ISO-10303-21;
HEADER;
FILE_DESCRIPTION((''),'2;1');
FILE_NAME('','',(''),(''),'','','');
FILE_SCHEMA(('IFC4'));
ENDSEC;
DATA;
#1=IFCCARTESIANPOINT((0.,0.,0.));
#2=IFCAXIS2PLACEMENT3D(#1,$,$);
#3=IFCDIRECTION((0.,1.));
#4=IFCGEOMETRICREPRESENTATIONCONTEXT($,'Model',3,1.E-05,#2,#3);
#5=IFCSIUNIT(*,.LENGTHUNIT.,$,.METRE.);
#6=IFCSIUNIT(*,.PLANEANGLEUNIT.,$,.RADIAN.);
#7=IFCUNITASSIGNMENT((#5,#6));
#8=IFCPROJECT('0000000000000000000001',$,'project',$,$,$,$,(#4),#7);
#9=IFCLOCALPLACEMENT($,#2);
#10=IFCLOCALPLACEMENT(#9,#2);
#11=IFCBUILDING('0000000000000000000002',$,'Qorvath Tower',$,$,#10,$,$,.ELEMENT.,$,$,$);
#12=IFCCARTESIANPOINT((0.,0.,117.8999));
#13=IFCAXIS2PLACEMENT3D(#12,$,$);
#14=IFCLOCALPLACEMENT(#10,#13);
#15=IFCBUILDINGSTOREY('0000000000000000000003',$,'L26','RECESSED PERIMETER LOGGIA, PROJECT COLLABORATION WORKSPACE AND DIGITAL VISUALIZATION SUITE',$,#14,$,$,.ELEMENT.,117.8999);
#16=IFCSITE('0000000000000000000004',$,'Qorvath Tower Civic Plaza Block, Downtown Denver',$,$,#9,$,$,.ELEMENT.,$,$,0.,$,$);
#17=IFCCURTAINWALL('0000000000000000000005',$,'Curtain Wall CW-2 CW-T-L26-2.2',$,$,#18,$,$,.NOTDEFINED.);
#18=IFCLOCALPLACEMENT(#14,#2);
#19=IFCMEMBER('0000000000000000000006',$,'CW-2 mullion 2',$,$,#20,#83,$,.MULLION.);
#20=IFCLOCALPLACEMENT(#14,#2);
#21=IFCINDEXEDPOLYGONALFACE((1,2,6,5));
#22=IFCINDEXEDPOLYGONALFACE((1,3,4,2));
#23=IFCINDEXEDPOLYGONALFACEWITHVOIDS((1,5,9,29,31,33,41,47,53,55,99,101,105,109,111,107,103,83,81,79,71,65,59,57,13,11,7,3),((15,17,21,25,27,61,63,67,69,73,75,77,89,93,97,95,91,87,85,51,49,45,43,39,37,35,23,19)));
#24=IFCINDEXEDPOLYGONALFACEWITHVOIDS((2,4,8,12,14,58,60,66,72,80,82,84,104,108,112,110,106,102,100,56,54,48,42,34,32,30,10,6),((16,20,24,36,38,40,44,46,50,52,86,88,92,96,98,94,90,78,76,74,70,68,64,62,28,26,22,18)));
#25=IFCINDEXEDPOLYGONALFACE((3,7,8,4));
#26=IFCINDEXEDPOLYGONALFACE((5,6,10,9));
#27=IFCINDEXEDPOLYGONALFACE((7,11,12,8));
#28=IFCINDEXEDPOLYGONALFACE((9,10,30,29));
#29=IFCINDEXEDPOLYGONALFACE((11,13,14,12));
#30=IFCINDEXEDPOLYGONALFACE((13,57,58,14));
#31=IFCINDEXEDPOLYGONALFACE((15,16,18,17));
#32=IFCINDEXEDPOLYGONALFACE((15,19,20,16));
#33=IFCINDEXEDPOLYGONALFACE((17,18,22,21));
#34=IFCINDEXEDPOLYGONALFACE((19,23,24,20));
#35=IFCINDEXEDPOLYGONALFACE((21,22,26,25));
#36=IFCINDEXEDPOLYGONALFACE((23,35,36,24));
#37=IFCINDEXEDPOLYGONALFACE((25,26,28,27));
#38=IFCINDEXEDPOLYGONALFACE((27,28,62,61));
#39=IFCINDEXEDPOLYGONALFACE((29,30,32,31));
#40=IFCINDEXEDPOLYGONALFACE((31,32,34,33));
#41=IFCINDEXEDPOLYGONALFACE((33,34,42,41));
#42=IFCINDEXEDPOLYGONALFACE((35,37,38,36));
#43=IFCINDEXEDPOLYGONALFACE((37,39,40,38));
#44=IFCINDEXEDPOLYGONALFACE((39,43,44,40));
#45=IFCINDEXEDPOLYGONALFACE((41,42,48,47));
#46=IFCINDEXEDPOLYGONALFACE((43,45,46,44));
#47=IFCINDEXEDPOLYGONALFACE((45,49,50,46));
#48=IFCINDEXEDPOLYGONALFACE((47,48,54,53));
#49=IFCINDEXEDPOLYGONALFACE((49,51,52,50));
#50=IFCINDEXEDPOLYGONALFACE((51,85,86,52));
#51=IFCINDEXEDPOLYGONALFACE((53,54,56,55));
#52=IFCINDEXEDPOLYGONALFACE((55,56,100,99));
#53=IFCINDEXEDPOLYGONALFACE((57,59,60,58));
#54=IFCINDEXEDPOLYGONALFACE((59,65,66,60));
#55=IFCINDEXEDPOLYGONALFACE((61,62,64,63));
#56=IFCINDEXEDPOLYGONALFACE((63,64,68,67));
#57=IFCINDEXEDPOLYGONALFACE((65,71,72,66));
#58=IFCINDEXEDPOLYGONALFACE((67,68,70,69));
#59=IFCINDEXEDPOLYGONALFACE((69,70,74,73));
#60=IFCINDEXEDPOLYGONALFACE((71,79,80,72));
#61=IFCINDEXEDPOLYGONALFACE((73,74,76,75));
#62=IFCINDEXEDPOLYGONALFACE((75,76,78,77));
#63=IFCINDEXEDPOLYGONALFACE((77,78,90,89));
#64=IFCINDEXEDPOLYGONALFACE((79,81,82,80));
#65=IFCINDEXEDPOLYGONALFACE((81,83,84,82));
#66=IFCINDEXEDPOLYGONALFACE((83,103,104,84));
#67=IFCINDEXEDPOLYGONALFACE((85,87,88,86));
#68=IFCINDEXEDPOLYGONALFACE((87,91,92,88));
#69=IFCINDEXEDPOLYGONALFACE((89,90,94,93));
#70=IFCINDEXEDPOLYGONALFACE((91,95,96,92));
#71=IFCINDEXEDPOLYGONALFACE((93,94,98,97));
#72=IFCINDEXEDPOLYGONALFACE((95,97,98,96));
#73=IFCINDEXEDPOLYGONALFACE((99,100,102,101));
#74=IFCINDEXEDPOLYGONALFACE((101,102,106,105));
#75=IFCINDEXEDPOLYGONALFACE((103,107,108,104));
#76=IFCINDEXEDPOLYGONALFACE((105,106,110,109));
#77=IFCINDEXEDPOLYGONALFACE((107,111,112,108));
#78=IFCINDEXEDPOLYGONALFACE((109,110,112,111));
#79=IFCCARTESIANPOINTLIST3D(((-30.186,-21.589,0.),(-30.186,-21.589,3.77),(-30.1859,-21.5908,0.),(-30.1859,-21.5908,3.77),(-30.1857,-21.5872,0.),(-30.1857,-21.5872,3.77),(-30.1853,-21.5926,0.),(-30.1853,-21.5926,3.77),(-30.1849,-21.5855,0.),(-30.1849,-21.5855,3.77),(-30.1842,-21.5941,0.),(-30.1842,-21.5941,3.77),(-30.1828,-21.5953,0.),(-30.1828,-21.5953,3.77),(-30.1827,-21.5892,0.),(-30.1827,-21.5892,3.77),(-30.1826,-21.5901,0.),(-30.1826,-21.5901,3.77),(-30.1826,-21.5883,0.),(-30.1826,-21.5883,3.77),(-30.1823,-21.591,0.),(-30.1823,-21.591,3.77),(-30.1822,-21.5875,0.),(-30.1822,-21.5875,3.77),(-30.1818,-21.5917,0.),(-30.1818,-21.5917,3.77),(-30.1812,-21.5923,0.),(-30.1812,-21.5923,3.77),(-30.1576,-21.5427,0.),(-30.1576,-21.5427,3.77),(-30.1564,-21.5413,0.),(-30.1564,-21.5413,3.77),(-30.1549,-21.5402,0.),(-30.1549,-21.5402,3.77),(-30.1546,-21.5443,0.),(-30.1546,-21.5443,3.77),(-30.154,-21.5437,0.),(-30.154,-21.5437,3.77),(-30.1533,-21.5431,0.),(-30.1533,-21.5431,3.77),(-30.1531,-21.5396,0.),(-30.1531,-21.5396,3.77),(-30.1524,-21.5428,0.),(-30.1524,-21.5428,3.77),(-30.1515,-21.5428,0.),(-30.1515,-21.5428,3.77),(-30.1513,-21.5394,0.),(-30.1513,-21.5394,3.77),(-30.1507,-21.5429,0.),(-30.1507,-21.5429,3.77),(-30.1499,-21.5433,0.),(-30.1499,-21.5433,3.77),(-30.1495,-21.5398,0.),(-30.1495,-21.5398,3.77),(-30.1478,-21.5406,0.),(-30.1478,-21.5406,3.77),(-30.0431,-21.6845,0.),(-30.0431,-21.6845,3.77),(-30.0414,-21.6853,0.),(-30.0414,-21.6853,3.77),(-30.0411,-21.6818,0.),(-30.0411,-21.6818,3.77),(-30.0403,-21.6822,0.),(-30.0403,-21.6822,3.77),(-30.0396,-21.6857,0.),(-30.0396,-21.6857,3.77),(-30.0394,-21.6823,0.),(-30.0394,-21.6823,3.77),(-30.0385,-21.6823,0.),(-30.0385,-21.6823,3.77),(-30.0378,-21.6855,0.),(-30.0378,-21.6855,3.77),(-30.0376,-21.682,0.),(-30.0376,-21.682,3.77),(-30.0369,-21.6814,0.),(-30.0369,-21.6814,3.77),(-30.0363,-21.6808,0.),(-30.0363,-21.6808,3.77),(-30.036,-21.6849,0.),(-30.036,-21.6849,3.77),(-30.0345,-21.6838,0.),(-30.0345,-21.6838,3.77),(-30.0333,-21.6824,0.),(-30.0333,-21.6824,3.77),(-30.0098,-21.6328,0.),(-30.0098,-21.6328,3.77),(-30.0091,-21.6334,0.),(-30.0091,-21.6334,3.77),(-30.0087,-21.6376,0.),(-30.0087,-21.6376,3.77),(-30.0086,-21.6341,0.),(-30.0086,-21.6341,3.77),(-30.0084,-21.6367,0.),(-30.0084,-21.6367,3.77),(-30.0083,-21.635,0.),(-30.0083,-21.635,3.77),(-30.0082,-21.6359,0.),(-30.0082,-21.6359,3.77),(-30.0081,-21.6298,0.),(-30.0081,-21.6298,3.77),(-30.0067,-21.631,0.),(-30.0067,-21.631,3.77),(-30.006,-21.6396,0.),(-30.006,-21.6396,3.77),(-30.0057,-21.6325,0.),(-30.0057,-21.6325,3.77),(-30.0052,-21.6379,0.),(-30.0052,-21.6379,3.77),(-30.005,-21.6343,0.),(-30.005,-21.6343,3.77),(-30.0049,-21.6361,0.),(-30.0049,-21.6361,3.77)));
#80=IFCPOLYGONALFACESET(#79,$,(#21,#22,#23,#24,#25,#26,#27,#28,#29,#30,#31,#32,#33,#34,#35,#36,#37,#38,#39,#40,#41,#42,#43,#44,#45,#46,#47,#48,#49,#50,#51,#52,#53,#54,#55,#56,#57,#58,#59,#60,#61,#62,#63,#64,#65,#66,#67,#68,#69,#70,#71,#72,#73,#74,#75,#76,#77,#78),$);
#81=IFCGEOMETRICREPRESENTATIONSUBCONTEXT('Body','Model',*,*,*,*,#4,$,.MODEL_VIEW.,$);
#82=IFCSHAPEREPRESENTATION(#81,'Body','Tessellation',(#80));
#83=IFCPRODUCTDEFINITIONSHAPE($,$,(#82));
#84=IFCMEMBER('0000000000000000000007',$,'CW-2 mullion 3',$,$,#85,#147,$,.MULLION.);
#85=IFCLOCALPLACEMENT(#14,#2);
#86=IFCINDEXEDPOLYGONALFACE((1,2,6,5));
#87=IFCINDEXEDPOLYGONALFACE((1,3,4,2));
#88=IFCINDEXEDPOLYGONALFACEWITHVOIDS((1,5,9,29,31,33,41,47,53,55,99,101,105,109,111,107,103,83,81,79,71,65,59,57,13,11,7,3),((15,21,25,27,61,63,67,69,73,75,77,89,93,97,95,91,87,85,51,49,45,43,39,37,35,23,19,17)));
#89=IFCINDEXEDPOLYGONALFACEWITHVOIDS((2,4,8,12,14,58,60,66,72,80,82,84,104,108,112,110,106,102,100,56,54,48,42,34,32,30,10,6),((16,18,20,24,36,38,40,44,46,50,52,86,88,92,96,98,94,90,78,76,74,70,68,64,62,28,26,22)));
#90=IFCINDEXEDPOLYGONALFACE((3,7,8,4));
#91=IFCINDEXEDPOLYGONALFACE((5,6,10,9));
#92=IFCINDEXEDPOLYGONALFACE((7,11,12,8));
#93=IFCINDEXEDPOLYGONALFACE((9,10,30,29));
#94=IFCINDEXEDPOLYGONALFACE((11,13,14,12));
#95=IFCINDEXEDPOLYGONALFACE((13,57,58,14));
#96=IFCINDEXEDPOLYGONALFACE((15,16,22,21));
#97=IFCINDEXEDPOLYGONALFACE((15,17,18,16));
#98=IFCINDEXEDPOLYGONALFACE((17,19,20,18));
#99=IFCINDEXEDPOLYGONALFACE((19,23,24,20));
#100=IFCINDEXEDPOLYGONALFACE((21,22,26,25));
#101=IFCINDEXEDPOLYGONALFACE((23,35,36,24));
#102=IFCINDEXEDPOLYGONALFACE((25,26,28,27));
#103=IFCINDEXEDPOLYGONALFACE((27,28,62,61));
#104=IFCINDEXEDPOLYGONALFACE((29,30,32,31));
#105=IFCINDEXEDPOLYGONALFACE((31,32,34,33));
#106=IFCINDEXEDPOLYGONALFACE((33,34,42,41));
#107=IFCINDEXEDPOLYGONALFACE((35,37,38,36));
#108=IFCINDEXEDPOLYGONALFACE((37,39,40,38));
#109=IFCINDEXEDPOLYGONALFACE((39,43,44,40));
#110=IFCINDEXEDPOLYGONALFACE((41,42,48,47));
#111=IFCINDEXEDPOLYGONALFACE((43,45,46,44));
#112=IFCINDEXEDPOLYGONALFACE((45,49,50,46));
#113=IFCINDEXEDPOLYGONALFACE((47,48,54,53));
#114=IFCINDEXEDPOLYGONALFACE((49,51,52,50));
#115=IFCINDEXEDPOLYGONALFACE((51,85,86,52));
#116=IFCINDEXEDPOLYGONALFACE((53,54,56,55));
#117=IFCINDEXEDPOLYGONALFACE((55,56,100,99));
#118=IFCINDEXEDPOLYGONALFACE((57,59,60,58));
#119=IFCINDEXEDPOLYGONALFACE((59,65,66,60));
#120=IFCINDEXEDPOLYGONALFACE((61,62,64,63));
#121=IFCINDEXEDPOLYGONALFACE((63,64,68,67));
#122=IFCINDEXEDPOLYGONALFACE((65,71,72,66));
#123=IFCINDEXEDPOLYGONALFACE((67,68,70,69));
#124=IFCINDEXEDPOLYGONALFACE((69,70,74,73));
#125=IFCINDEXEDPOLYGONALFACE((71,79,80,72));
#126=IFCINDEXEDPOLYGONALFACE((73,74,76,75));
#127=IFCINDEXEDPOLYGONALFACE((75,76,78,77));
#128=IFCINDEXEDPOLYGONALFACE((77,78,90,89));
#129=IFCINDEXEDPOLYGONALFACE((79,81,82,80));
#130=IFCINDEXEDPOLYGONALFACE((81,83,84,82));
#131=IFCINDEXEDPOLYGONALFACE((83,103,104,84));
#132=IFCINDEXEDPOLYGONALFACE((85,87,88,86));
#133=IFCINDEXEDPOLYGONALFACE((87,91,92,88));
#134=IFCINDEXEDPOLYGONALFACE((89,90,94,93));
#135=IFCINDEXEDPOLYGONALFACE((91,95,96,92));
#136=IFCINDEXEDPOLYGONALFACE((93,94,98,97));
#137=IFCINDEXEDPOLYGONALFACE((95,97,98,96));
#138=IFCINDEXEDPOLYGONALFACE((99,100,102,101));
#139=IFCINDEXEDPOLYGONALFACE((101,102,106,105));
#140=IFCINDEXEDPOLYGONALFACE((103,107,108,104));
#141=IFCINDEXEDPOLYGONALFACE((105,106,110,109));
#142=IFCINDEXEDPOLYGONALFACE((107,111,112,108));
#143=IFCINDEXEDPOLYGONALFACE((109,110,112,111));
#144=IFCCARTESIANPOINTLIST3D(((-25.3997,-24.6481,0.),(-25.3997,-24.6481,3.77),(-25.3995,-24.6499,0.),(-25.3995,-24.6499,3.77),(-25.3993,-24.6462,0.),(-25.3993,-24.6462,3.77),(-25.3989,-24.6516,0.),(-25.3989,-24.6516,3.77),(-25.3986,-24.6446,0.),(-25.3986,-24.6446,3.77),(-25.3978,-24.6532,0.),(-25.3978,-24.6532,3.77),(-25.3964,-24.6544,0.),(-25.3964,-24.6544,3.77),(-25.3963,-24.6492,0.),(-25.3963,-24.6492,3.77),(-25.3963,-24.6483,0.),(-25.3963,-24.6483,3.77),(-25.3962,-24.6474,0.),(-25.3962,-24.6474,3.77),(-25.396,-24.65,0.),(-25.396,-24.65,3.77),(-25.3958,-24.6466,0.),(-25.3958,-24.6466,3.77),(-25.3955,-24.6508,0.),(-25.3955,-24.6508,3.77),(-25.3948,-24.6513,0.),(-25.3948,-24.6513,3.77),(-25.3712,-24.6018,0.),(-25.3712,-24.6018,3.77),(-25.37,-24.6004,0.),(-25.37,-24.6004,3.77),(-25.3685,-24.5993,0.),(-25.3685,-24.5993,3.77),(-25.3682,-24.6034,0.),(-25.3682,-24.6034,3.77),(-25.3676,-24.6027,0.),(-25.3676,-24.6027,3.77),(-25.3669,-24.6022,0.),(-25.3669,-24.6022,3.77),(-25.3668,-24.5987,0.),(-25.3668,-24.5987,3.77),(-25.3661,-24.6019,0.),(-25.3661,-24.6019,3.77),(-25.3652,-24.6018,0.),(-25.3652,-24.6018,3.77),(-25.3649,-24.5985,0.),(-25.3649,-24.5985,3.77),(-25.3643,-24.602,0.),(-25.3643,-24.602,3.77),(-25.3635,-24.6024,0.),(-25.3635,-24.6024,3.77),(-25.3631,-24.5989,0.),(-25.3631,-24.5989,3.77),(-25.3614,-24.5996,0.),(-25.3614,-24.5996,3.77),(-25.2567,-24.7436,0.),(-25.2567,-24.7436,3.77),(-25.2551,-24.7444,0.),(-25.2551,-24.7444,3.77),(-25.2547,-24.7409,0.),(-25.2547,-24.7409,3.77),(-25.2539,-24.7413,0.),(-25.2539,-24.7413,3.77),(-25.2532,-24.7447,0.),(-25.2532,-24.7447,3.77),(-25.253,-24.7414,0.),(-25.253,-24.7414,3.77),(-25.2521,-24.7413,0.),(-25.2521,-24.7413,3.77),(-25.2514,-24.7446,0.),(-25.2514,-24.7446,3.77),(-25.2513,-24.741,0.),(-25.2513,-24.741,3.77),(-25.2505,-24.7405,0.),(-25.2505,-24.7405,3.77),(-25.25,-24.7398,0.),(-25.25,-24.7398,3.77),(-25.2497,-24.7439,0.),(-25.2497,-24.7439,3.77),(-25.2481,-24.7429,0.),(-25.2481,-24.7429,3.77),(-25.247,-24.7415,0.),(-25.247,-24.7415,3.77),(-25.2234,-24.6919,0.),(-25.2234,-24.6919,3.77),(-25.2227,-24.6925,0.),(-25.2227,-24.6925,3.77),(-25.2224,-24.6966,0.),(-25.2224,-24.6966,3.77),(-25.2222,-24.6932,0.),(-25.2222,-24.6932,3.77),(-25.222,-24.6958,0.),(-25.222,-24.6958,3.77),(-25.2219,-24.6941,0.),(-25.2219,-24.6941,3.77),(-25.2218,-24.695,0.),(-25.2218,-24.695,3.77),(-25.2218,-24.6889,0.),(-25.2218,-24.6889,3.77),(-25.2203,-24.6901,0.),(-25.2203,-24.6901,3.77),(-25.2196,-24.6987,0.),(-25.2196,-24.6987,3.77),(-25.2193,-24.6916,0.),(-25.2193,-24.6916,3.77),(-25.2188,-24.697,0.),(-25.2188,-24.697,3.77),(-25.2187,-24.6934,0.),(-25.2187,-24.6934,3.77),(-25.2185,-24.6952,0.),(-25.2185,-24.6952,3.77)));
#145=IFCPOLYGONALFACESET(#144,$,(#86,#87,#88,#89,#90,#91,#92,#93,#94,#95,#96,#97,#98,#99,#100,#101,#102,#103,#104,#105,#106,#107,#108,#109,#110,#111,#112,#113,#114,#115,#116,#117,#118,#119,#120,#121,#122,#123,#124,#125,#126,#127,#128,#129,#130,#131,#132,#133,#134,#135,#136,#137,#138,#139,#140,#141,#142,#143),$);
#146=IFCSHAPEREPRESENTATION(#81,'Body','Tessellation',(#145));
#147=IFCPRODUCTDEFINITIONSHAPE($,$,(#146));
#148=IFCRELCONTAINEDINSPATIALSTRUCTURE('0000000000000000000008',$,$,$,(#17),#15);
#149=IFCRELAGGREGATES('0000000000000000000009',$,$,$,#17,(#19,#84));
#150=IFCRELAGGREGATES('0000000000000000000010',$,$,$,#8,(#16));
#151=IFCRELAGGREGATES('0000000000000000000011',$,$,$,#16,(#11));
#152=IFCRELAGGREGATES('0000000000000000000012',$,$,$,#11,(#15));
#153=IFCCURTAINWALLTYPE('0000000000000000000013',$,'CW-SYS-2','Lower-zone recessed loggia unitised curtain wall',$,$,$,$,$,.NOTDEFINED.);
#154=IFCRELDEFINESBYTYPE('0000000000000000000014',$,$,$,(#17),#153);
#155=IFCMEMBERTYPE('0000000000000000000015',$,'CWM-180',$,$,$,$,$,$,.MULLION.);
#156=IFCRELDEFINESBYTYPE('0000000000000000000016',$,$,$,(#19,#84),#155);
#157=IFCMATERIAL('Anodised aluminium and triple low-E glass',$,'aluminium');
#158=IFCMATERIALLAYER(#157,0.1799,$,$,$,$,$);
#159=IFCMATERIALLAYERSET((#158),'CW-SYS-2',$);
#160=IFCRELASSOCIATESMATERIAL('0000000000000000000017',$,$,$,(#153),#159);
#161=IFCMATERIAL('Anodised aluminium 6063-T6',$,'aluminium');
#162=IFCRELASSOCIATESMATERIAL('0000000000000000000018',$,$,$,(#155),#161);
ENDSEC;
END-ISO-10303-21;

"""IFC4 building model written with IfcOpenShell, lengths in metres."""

from ifc_helpers import new_model, si_unit, direction, frame, origin, origin_2d, place, context, subcontext, project, spatial, hollow_rectangle, extrude, material, layer, layer_set, material_profile, profile_set, type_object, element, aggregate, save


model = new_model("IFC4")

# Units and contexts
model_context = context("Model", 3, precision=1e-05, world=origin(), true_north=direction((0.0, 1.0)))
body_context = subcontext(model_context, "Body", "Model", "MODEL_VIEW")
ifc_project = project(units=[si_unit("LENGTHUNIT", "METRE"), si_unit("PLANEANGLEUNIT", "RADIAN")], contexts=[model_context])

# Site, building, storey
site_placement = place(None, origin())
site = spatial("IfcSite", under=ifc_project, at=site_placement, Name="Qorvath Tower Civic Plaza Block, Downtown Denver", CompositionType="ELEMENT", RefElevation=0.0)
building_placement = place(site_placement, origin())
building = spatial("IfcBuilding", under=site, at=building_placement, Name="Qorvath Tower", CompositionType="ELEMENT")
storey_placement = place(building_placement, frame((0.0, 0.0, 117.8999)))
storey = spatial("IfcBuildingStorey", under=building, at=storey_placement, Name="L26", Description="RECESSED PERIMETER LOGGIA, PROJECT COLLABORATION WORKSPACE AND DIGITAL VISUALIZATION SUITE", CompositionType="ELEMENT", Elevation=117.8999)

# Curtain wall, members
ifc_material_1 = material(Name="Anodised aluminium and triple low-E glass", Category="aluminium")
ifc_layer_1 = layer(ifc_material_1, 0.1799)
ifc_layer_set_1 = layer_set([ifc_layer_1], Name="CW-SYS-2")
curtain_wall_type = type_object("IfcCurtainWallType", Name="CW-SYS-2", Description="Lower-zone recessed loggia unitised curtain wall", PredefinedType="NOTDEFINED", material=ifc_layer_set_1)
curtain_wall_placement = place(storey_placement, origin())
curtain_wall = element("IfcCurtainWall", 1, at=curtain_wall_placement, inside=storey, type_object=curtain_wall_type, Name="Curtain Wall CW-2 CW-T-L26-2.2", PredefinedType="NOTDEFINED")
ifc_material_2 = material(Name="Anodised aluminium 6063-T6", Category="aluminium")
ifc_material_profile_1 = material_profile(ifc_material_2, hollow_rectangle(XDim=0.0649, YDim=0.1799, WallThickness=0.0034, InnerFilletRadius=0.0034, OuterFilletRadius=0.0071, at=origin_2d()), Name="CWM 180x65")
ifc_profile_set_1 = profile_set([ifc_material_profile_1], Name="Anodised aluminium 6063-T6")
member_type_1 = type_object("IfcMemberType", Name="CWM-180", PredefinedType="MULLION", material=ifc_profile_set_1)
member_1_placement = place(storey_placement, frame((-30.0955, -21.6125, 0.0), z_axis=(0.0, 0.0, 1.0), x_axis=(0.538536, 0.842602, 0.0)))
member_1 = element("IfcMember", 2, at=member_1_placement, type_object=member_type_1, Name="CW-2 mullion 2", PredefinedType="MULLION", context=body_context, shape_type="SweptSolid", body=[
    extrude(hollow_rectangle(XDim=0.0649, YDim=0.1799, WallThickness=0.0034, InnerFilletRadius=0.0034, OuterFilletRadius=0.0071, at=origin_2d()), origin(), (0.0, 0.0, 1.0), 3.77),
])
member_2_placement = place(storey_placement, frame((-25.3091, -24.6716, 0.0), z_axis=(0.0, 0.0, 1.0), x_axis=(0.538536, 0.842602, 0.0)))
member_2 = element("IfcMember", 3, at=member_2_placement, type_object=member_type_1, Name="CW-2 mullion 3", PredefinedType="MULLION", context=body_context, shape_type="SweptSolid", body=[
    extrude(hollow_rectangle(XDim=0.0649, YDim=0.1799, WallThickness=0.0034, InnerFilletRadius=0.0034, OuterFilletRadius=0.0071, at=origin_2d()), origin(), (0.0, 0.0, 1.0), 3.77),
])
aggregate(curtain_wall, [member_1, member_2])

save(model, "model.ifc")
